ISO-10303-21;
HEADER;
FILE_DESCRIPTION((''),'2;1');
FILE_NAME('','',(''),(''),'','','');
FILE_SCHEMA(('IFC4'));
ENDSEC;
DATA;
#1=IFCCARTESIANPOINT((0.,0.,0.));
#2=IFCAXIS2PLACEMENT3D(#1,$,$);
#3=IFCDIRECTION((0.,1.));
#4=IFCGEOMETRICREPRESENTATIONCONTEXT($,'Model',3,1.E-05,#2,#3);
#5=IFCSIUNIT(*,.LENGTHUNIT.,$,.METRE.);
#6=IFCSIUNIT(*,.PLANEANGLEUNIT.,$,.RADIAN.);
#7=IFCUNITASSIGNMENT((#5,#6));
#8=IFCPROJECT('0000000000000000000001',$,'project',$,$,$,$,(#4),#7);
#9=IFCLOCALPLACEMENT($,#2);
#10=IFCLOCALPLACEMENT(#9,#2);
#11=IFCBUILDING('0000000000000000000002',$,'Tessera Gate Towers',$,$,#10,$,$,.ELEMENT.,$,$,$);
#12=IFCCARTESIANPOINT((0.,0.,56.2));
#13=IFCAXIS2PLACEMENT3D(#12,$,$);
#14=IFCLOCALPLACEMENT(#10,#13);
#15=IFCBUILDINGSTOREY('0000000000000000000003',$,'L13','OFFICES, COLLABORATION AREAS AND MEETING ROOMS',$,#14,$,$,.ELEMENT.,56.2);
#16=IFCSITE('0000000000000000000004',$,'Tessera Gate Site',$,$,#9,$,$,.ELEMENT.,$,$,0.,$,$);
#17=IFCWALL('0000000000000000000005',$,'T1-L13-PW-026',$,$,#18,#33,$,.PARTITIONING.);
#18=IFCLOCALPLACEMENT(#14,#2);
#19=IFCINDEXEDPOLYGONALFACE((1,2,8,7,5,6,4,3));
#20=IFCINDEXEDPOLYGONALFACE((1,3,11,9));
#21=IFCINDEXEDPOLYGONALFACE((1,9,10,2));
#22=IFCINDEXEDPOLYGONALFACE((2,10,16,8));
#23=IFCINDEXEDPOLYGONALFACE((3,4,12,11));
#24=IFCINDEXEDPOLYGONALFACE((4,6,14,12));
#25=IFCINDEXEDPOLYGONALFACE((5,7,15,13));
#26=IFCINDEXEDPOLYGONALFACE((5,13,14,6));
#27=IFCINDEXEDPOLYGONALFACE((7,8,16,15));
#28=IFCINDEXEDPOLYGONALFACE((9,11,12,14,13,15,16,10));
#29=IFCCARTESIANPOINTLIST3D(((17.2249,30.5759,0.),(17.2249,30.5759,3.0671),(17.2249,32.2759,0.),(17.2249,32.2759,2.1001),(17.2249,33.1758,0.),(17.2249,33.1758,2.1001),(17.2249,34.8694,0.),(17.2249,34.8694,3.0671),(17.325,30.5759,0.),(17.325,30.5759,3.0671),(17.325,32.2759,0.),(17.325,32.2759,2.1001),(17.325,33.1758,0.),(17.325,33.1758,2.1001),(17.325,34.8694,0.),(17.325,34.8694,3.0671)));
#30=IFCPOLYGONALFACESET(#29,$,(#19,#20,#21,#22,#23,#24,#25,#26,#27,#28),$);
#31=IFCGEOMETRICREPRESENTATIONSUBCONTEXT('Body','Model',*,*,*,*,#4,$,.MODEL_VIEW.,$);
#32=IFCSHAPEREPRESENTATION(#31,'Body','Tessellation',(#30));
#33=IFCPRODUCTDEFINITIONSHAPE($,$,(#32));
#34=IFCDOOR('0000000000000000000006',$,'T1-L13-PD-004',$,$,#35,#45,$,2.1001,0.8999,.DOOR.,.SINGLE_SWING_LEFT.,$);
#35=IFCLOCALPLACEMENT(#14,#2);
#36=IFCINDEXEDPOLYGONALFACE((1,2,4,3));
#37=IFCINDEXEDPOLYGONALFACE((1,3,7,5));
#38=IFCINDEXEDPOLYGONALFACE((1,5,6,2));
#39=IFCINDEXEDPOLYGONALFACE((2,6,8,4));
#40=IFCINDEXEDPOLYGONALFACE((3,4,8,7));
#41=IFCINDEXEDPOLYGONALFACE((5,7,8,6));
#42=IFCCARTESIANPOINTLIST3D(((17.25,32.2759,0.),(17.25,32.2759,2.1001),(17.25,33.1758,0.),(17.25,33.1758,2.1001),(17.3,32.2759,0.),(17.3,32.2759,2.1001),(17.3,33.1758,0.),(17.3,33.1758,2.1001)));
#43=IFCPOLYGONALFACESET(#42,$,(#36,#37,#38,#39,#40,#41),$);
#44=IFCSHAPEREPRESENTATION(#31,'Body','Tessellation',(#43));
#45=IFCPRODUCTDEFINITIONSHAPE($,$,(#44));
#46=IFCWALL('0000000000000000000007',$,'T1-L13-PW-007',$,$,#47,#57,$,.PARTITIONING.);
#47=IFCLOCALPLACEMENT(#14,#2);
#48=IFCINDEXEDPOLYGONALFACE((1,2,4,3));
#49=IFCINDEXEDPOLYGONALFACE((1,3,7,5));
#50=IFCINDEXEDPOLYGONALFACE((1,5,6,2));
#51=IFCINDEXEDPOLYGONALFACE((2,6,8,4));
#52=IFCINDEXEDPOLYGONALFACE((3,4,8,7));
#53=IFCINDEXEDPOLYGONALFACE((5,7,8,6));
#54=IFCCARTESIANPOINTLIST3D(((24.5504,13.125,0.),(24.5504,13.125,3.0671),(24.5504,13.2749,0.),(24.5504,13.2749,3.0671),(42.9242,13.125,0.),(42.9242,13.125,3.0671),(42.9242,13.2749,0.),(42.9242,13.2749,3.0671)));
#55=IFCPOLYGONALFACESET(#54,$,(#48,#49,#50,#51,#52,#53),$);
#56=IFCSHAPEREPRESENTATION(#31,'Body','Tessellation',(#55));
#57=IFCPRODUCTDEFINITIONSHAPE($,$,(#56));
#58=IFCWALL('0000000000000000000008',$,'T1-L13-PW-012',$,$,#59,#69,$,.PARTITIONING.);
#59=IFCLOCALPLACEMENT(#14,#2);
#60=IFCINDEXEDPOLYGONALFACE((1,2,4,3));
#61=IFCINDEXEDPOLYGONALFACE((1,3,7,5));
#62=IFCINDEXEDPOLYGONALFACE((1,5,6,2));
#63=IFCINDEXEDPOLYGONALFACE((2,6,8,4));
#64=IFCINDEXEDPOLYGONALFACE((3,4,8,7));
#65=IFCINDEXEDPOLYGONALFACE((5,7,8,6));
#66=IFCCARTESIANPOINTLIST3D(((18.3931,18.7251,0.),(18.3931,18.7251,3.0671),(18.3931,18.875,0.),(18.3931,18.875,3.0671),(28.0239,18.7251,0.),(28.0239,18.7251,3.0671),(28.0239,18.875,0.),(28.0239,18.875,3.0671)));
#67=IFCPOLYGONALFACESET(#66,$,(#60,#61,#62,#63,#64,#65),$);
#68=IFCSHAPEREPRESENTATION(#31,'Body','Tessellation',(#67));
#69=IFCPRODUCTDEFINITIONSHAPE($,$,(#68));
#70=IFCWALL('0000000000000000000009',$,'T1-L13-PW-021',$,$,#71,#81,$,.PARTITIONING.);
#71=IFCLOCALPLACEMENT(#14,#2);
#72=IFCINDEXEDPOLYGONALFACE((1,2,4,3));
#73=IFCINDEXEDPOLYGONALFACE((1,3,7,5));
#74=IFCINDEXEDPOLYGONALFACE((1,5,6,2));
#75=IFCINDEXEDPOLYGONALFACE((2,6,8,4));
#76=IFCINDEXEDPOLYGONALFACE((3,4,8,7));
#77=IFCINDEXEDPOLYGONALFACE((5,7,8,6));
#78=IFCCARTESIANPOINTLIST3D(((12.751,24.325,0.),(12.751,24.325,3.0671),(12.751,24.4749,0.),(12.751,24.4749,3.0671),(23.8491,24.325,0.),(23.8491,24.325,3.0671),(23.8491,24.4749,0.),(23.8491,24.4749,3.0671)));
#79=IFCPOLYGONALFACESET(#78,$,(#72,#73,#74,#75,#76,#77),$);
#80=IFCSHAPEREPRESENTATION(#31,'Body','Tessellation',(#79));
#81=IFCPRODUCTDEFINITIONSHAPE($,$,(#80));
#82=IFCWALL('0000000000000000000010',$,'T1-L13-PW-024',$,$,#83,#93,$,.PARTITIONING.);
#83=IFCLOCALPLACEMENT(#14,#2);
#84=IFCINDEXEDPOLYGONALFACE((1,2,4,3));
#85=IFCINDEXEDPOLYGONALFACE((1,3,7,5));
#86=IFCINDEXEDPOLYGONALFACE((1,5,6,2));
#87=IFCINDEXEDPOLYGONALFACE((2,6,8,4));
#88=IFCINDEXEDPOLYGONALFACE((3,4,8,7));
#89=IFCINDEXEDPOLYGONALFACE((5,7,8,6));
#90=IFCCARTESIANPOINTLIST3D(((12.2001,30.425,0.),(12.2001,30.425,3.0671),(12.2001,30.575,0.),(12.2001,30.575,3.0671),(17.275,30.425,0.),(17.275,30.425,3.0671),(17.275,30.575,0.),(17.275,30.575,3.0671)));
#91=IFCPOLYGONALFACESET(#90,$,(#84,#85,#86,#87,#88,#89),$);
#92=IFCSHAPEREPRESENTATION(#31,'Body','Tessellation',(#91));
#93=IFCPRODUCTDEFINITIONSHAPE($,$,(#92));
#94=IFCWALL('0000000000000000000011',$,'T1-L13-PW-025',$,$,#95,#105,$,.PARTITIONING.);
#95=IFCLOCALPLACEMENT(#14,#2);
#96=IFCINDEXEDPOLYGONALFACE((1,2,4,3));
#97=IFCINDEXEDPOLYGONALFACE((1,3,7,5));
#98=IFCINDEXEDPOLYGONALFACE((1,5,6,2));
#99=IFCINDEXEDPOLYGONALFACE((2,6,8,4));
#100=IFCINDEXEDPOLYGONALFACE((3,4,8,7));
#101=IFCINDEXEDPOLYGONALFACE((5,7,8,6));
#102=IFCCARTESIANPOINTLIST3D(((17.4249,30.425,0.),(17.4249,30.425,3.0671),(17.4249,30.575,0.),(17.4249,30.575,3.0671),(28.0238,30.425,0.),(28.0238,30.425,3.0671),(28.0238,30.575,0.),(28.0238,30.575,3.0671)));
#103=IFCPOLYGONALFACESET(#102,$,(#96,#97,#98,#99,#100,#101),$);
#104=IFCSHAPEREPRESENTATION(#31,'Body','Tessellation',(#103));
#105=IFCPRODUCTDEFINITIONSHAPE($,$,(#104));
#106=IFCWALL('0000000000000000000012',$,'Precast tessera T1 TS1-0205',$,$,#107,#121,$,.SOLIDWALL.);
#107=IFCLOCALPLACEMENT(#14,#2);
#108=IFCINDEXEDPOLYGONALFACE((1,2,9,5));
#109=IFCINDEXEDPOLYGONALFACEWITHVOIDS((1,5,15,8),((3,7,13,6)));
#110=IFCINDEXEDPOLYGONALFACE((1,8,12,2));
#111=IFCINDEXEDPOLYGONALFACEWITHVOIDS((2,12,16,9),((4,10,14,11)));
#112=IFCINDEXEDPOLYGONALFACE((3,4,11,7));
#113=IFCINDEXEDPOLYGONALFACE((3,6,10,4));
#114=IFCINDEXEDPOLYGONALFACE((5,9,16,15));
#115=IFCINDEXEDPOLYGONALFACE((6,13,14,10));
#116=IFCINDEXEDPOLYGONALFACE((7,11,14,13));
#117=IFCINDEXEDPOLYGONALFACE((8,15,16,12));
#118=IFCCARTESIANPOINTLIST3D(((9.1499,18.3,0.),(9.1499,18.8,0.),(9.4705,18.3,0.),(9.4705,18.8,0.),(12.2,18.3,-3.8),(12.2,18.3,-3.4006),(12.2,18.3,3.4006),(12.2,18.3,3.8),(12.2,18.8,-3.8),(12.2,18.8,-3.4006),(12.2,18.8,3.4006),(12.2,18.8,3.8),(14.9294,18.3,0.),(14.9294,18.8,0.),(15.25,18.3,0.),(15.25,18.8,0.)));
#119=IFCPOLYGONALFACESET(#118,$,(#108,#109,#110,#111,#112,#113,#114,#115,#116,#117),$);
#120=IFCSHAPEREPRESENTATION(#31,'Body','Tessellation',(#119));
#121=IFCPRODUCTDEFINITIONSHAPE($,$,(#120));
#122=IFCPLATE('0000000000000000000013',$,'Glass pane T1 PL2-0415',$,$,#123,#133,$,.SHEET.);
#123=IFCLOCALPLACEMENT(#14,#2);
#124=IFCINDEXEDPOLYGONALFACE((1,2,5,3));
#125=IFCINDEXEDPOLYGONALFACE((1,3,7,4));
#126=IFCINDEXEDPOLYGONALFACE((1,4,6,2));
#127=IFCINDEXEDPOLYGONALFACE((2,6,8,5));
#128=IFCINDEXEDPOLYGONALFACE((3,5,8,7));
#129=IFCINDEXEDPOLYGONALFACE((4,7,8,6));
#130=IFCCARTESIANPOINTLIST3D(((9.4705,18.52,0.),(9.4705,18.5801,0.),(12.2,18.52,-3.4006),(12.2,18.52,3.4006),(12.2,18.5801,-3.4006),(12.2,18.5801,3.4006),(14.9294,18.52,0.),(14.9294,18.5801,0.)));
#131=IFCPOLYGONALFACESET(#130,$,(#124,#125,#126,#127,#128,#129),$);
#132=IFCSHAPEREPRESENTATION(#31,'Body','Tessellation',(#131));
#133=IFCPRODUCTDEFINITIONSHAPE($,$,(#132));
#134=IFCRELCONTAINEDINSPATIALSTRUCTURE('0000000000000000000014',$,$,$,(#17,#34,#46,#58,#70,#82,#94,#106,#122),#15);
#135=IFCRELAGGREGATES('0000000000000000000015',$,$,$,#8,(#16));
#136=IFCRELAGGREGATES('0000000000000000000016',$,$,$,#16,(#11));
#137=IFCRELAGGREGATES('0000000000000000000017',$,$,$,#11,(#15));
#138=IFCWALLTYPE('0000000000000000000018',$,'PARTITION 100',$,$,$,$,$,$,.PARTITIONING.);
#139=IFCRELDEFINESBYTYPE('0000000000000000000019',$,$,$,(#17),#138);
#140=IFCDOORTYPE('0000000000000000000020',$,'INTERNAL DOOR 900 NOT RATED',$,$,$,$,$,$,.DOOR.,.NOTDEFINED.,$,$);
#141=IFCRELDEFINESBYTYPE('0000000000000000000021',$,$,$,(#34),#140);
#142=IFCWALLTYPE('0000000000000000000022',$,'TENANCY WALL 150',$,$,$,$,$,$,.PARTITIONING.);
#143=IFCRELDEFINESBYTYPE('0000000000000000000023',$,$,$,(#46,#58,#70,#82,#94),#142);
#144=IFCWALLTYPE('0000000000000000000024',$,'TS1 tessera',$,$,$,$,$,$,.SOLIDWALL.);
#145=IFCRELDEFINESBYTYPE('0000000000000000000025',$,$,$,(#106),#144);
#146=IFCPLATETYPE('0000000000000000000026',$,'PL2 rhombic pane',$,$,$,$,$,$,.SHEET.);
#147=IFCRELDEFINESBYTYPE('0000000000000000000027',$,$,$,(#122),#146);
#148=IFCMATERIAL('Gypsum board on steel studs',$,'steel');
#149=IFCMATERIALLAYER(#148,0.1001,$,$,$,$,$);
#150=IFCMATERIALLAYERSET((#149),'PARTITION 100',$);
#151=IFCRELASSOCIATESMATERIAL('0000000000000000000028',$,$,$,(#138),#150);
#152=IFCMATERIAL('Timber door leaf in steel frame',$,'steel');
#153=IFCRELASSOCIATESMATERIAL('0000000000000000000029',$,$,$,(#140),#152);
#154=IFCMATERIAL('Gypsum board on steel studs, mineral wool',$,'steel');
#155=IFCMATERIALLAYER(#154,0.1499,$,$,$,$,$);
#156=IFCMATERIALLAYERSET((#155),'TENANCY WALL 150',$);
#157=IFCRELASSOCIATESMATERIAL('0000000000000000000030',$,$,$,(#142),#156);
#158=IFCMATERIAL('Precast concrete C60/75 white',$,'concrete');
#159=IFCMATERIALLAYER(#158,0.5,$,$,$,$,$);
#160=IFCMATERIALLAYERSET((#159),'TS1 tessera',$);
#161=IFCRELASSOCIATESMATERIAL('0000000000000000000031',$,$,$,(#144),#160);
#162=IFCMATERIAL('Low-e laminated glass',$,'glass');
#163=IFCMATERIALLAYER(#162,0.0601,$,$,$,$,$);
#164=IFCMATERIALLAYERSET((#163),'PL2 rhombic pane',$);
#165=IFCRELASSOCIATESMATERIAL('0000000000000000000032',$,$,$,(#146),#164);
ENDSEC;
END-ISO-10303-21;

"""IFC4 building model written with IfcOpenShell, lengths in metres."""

from ifc_helpers import new_model, si_unit, direction, frame, frame_2d, origin, place, context, subcontext, project, spatial, polyline, rectangle, outline, extrude, source, transform, mapped, material, layer, layer_set, type_object, element, fill, save


model = new_model("IFC4")

# Units and contexts
model_context = context("Model", 3, precision=1e-05, world=origin(), true_north=direction((0.0, 1.0)))
body_context = subcontext(model_context, "Body", "Model", "MODEL_VIEW")
ifc_project = project(units=[si_unit("LENGTHUNIT", "METRE"), si_unit("PLANEANGLEUNIT", "RADIAN")], contexts=[model_context])

# Site, building, storey
site_placement = place(None, origin())
site = spatial("IfcSite", under=ifc_project, at=site_placement, Name="Tessera Gate Site", CompositionType="ELEMENT", RefElevation=0.0)
building_placement = place(site_placement, origin())
building = spatial("IfcBuilding", under=site, at=building_placement, Name="Tessera Gate Towers", CompositionType="ELEMENT")
storey_placement = place(building_placement, frame((0.0, 0.0, 56.2)))
storey = spatial("IfcBuildingStorey", under=building, at=storey_placement, Name="L13", Description="OFFICES, COLLABORATION AREAS AND MEETING ROOMS", CompositionType="ELEMENT", Elevation=56.2)

# Wall, opening, door
shared_shape_1 = source(origin(), body_context, "Body", "SweptSolid", [
    extrude(rectangle(XDim=0.8999, YDim=2.1001, at=frame_2d((0.45, 1.05))), frame((0.0, 0.0601, 0.0), z_axis=(0.0, -1.0, 0.0), x_axis=(1.0, 0.0, 0.0)), (0.0, 0.0, 1.0), 0.1201),
])
shared_shape_2 = source(origin(), body_context, "Body", "SweptSolid", [
    extrude(rectangle(XDim=0.8999, YDim=2.1001, at=frame_2d((0.45, 1.05))), frame((0.0, 0.0249, 0.0), z_axis=(0.0, -1.0, 0.0), x_axis=(1.0, 0.0, 0.0)), (0.0, 0.0, 1.0), 0.05),
])
ifc_material_1 = material(Name="Gypsum board on steel studs", Category="steel")
ifc_layer_1 = layer(ifc_material_1, 0.1001)
ifc_layer_set_1 = layer_set([ifc_layer_1], Name="PARTITION 100")
wall_type_1 = type_object("IfcWallType", Name="PARTITION 100", PredefinedType="PARTITIONING", material=ifc_layer_set_1)
ifc_material_2 = material(Name="Timber door leaf in steel frame", Category="steel")
door_type_1 = type_object("IfcDoorType", Name="INTERNAL DOOR 900 NOT RATED", OperationType="NOTDEFINED", PredefinedType="DOOR", material=ifc_material_2)
wall_1_placement = place(storey_placement, frame((17.2749, 30.5759, 0.0), z_axis=(0.0, 0.0, 1.0), x_axis=(0.0, 1.0, 0.0)))
wall_1 = element("IfcWall", 1, at=wall_1_placement, inside=storey, type_object=wall_type_1, Name="T1-L13-PW-026", PredefinedType="PARTITIONING", context=body_context, shape_type="SweptSolid", body=[
    extrude(rectangle(XDim=4.2935, YDim=0.1001, at=frame_2d((2.1467, 0.0))), origin(), (0.0, 0.0, 1.0), 3.0671),
])
opening_1_placement = place(wall_1_placement, frame((1.7, 0.0, 0.0)))
opening_1 = element("IfcOpeningElement", 2, at=opening_1_placement, cuts=wall_1, PredefinedType="OPENING", context=body_context, shape_type="MappedRepresentation", body=[
    mapped(shared_shape_1, transform((0.0, 0.0, 0.0), scale=1.0)),
])
door_1_placement = place(opening_1_placement, origin())
door_1 = element("IfcDoor", 3, at=door_1_placement, inside=storey, type_object=door_type_1, Name="T1-L13-PD-004", OperationType="SINGLE_SWING_LEFT", OverallHeight=2.1001, OverallWidth=0.8999, PredefinedType="DOOR", context=body_context, shape_type="MappedRepresentation", body=[
    mapped(shared_shape_2, transform((0.0, 0.0, 0.0), scale=1.0)),
])
fill(opening_1, door_1)

# Walls
ifc_material_3 = material(Name="Gypsum board on steel studs, mineral wool", Category="steel")
ifc_layer_2 = layer(ifc_material_3, 0.1499)
ifc_layer_set_2 = layer_set([ifc_layer_2], Name="TENANCY WALL 150")
wall_type_2 = type_object("IfcWallType", Name="TENANCY WALL 150", PredefinedType="PARTITIONING", material=ifc_layer_set_2)
wall_2_placement = place(storey_placement, frame((24.5503, 13.2, 0.0), z_axis=(0.0, 0.0, 1.0), x_axis=(1.0, 0.0, 0.0)))
element("IfcWall", 4, at=wall_2_placement, inside=storey, type_object=wall_type_2, Name="T1-L13-PW-007", PredefinedType="PARTITIONING", context=body_context, shape_type="SweptSolid", body=[
    extrude(rectangle(XDim=18.3738, YDim=0.1499, at=frame_2d((9.187, 0.0))), origin(), (0.0, 0.0, 1.0), 3.0671),
])
wall_3_placement = place(storey_placement, frame((18.3931, 18.8, 0.0), z_axis=(0.0, 0.0, 1.0), x_axis=(1.0, 0.0, 0.0)))
element("IfcWall", 5, at=wall_3_placement, inside=storey, type_object=wall_type_2, Name="T1-L13-PW-012", PredefinedType="PARTITIONING", context=body_context, shape_type="SweptSolid", body=[
    extrude(rectangle(XDim=9.6309, YDim=0.1499, at=frame_2d((4.8154, 0.0))), origin(), (0.0, 0.0, 1.0), 3.0671),
])
wall_4_placement = place(storey_placement, frame((12.751, 24.3999, 0.0), z_axis=(0.0, 0.0, 1.0), x_axis=(1.0, 0.0, 0.0)))
element("IfcWall", 6, at=wall_4_placement, inside=storey, type_object=wall_type_2, Name="T1-L13-PW-021", PredefinedType="PARTITIONING", context=body_context, shape_type="SweptSolid", body=[
    extrude(rectangle(XDim=11.0981, YDim=0.1499, at=frame_2d((5.5491, 0.0))), origin(), (0.0, 0.0, 1.0), 3.0671),
])
wall_5_placement = place(storey_placement, frame((12.2, 30.5, 0.0), z_axis=(0.0, 0.0, 1.0), x_axis=(1.0, 0.0, 0.0)))
element("IfcWall", 7, at=wall_5_placement, inside=storey, type_object=wall_type_2, Name="T1-L13-PW-024", PredefinedType="PARTITIONING", context=body_context, shape_type="SweptSolid", body=[
    extrude(rectangle(XDim=5.075, YDim=0.1499, at=frame_2d((2.5376, 0.0))), origin(), (0.0, 0.0, 1.0), 3.0671),
])
wall_6_placement = place(storey_placement, frame((17.425, 30.5, 0.0), z_axis=(0.0, 0.0, 1.0), x_axis=(1.0, 0.0, 0.0)))
element("IfcWall", 8, at=wall_6_placement, inside=storey, type_object=wall_type_2, Name="T1-L13-PW-025", PredefinedType="PARTITIONING", context=body_context, shape_type="SweptSolid", body=[
    extrude(rectangle(XDim=10.5989, YDim=0.1499, at=frame_2d((5.2993, 0.0))), origin(), (0.0, 0.0, 1.0), 3.0671),
])

# Wall, opening, plate
ifc_material_4 = material(Name="Precast concrete C60/75 white", Category="concrete")
ifc_layer_3 = layer(ifc_material_4, 0.5)
ifc_layer_set_3 = layer_set([ifc_layer_3], Name="TS1 tessera")
wall_type_3 = type_object("IfcWallType", Name="TS1 tessera", PredefinedType="SOLIDWALL", material=ifc_layer_set_3)
shared_shape_3 = source(origin(), body_context, "Body", "SweptSolid", [
    extrude(outline(polyline([(3.05, 0.0), (6.1001, 3.8), (3.05, 7.6001), (0.0, 3.8), (3.05, 0.0)])), frame((0.0, 0.25, 0.0), z_axis=(0.0, -1.0, 0.0), x_axis=(1.0, 0.0, 0.0)), (0.0, 0.0, 1.0), 0.5),
])
wall_7_placement = place(storey_placement, frame((9.1499, 18.55, -3.8), z_axis=(0.0, 0.0, 1.0), x_axis=(1.0, 0.0, 0.0)))
wall_7 = element("IfcWall", 9, at=wall_7_placement, inside=storey, type_object=wall_type_3, Name="Precast tessera T1 TS1-0205", PredefinedType="SOLIDWALL", context=body_context, shape_type="MappedRepresentation", body=[
    mapped(shared_shape_3, transform((0.0, 0.0, 0.0), scale=1.0)),
])
shared_shape_4 = source(origin(), body_context, "Body", "SweptSolid", [
    extrude(outline(polyline([(3.05, 0.3994), (5.7795, 3.8), (3.05, 7.2007), (0.3206, 3.8), (3.05, 0.3994)])), frame((0.0, 0.26, 0.0), z_axis=(0.0, -1.0, 0.0), x_axis=(1.0, 0.0, 0.0)), (0.0, 0.0, 1.0), 0.52),
])
opening_2_placement = place(wall_7_placement, origin())
opening_2 = element("IfcOpeningElement", 10, at=opening_2_placement, cuts=wall_7, PredefinedType="OPENING", context=body_context, shape_type="MappedRepresentation", body=[
    mapped(shared_shape_4, transform((0.0, 0.0, 0.0), scale=1.0)),
])
ifc_material_5 = material(Name="Low-e laminated glass", Category="glass")
ifc_layer_4 = layer(ifc_material_5, 0.0601)
ifc_layer_set_4 = layer_set([ifc_layer_4], Name="PL2 rhombic pane")
plate_type = type_object("IfcPlateType", Name="PL2 rhombic pane", PredefinedType="SHEET", material=ifc_layer_set_4)
shared_shape_5 = source(origin(), body_context, "Body", "SweptSolid", [
    extrude(outline(polyline([(3.05, 0.3994), (5.7795, 3.8), (3.05, 7.2007), (0.3206, 3.8), (3.05, 0.3994)])), frame((0.0, 0.03, 0.0), z_axis=(0.0, -1.0, 0.0), x_axis=(1.0, 0.0, 0.0)), (0.0, 0.0, 1.0), 0.0601),
])
plate_placement = place(opening_2_placement, origin())
plate = element("IfcPlate", 11, at=plate_placement, inside=storey, type_object=plate_type, Name="Glass pane T1 PL2-0415", PredefinedType="SHEET", context=body_context, shape_type="MappedRepresentation", body=[
    mapped(shared_shape_5, transform((0.0, 0.0, 0.0), scale=1.0)),
])
fill(opening_2, plate)

save(model, "model.ifc")
